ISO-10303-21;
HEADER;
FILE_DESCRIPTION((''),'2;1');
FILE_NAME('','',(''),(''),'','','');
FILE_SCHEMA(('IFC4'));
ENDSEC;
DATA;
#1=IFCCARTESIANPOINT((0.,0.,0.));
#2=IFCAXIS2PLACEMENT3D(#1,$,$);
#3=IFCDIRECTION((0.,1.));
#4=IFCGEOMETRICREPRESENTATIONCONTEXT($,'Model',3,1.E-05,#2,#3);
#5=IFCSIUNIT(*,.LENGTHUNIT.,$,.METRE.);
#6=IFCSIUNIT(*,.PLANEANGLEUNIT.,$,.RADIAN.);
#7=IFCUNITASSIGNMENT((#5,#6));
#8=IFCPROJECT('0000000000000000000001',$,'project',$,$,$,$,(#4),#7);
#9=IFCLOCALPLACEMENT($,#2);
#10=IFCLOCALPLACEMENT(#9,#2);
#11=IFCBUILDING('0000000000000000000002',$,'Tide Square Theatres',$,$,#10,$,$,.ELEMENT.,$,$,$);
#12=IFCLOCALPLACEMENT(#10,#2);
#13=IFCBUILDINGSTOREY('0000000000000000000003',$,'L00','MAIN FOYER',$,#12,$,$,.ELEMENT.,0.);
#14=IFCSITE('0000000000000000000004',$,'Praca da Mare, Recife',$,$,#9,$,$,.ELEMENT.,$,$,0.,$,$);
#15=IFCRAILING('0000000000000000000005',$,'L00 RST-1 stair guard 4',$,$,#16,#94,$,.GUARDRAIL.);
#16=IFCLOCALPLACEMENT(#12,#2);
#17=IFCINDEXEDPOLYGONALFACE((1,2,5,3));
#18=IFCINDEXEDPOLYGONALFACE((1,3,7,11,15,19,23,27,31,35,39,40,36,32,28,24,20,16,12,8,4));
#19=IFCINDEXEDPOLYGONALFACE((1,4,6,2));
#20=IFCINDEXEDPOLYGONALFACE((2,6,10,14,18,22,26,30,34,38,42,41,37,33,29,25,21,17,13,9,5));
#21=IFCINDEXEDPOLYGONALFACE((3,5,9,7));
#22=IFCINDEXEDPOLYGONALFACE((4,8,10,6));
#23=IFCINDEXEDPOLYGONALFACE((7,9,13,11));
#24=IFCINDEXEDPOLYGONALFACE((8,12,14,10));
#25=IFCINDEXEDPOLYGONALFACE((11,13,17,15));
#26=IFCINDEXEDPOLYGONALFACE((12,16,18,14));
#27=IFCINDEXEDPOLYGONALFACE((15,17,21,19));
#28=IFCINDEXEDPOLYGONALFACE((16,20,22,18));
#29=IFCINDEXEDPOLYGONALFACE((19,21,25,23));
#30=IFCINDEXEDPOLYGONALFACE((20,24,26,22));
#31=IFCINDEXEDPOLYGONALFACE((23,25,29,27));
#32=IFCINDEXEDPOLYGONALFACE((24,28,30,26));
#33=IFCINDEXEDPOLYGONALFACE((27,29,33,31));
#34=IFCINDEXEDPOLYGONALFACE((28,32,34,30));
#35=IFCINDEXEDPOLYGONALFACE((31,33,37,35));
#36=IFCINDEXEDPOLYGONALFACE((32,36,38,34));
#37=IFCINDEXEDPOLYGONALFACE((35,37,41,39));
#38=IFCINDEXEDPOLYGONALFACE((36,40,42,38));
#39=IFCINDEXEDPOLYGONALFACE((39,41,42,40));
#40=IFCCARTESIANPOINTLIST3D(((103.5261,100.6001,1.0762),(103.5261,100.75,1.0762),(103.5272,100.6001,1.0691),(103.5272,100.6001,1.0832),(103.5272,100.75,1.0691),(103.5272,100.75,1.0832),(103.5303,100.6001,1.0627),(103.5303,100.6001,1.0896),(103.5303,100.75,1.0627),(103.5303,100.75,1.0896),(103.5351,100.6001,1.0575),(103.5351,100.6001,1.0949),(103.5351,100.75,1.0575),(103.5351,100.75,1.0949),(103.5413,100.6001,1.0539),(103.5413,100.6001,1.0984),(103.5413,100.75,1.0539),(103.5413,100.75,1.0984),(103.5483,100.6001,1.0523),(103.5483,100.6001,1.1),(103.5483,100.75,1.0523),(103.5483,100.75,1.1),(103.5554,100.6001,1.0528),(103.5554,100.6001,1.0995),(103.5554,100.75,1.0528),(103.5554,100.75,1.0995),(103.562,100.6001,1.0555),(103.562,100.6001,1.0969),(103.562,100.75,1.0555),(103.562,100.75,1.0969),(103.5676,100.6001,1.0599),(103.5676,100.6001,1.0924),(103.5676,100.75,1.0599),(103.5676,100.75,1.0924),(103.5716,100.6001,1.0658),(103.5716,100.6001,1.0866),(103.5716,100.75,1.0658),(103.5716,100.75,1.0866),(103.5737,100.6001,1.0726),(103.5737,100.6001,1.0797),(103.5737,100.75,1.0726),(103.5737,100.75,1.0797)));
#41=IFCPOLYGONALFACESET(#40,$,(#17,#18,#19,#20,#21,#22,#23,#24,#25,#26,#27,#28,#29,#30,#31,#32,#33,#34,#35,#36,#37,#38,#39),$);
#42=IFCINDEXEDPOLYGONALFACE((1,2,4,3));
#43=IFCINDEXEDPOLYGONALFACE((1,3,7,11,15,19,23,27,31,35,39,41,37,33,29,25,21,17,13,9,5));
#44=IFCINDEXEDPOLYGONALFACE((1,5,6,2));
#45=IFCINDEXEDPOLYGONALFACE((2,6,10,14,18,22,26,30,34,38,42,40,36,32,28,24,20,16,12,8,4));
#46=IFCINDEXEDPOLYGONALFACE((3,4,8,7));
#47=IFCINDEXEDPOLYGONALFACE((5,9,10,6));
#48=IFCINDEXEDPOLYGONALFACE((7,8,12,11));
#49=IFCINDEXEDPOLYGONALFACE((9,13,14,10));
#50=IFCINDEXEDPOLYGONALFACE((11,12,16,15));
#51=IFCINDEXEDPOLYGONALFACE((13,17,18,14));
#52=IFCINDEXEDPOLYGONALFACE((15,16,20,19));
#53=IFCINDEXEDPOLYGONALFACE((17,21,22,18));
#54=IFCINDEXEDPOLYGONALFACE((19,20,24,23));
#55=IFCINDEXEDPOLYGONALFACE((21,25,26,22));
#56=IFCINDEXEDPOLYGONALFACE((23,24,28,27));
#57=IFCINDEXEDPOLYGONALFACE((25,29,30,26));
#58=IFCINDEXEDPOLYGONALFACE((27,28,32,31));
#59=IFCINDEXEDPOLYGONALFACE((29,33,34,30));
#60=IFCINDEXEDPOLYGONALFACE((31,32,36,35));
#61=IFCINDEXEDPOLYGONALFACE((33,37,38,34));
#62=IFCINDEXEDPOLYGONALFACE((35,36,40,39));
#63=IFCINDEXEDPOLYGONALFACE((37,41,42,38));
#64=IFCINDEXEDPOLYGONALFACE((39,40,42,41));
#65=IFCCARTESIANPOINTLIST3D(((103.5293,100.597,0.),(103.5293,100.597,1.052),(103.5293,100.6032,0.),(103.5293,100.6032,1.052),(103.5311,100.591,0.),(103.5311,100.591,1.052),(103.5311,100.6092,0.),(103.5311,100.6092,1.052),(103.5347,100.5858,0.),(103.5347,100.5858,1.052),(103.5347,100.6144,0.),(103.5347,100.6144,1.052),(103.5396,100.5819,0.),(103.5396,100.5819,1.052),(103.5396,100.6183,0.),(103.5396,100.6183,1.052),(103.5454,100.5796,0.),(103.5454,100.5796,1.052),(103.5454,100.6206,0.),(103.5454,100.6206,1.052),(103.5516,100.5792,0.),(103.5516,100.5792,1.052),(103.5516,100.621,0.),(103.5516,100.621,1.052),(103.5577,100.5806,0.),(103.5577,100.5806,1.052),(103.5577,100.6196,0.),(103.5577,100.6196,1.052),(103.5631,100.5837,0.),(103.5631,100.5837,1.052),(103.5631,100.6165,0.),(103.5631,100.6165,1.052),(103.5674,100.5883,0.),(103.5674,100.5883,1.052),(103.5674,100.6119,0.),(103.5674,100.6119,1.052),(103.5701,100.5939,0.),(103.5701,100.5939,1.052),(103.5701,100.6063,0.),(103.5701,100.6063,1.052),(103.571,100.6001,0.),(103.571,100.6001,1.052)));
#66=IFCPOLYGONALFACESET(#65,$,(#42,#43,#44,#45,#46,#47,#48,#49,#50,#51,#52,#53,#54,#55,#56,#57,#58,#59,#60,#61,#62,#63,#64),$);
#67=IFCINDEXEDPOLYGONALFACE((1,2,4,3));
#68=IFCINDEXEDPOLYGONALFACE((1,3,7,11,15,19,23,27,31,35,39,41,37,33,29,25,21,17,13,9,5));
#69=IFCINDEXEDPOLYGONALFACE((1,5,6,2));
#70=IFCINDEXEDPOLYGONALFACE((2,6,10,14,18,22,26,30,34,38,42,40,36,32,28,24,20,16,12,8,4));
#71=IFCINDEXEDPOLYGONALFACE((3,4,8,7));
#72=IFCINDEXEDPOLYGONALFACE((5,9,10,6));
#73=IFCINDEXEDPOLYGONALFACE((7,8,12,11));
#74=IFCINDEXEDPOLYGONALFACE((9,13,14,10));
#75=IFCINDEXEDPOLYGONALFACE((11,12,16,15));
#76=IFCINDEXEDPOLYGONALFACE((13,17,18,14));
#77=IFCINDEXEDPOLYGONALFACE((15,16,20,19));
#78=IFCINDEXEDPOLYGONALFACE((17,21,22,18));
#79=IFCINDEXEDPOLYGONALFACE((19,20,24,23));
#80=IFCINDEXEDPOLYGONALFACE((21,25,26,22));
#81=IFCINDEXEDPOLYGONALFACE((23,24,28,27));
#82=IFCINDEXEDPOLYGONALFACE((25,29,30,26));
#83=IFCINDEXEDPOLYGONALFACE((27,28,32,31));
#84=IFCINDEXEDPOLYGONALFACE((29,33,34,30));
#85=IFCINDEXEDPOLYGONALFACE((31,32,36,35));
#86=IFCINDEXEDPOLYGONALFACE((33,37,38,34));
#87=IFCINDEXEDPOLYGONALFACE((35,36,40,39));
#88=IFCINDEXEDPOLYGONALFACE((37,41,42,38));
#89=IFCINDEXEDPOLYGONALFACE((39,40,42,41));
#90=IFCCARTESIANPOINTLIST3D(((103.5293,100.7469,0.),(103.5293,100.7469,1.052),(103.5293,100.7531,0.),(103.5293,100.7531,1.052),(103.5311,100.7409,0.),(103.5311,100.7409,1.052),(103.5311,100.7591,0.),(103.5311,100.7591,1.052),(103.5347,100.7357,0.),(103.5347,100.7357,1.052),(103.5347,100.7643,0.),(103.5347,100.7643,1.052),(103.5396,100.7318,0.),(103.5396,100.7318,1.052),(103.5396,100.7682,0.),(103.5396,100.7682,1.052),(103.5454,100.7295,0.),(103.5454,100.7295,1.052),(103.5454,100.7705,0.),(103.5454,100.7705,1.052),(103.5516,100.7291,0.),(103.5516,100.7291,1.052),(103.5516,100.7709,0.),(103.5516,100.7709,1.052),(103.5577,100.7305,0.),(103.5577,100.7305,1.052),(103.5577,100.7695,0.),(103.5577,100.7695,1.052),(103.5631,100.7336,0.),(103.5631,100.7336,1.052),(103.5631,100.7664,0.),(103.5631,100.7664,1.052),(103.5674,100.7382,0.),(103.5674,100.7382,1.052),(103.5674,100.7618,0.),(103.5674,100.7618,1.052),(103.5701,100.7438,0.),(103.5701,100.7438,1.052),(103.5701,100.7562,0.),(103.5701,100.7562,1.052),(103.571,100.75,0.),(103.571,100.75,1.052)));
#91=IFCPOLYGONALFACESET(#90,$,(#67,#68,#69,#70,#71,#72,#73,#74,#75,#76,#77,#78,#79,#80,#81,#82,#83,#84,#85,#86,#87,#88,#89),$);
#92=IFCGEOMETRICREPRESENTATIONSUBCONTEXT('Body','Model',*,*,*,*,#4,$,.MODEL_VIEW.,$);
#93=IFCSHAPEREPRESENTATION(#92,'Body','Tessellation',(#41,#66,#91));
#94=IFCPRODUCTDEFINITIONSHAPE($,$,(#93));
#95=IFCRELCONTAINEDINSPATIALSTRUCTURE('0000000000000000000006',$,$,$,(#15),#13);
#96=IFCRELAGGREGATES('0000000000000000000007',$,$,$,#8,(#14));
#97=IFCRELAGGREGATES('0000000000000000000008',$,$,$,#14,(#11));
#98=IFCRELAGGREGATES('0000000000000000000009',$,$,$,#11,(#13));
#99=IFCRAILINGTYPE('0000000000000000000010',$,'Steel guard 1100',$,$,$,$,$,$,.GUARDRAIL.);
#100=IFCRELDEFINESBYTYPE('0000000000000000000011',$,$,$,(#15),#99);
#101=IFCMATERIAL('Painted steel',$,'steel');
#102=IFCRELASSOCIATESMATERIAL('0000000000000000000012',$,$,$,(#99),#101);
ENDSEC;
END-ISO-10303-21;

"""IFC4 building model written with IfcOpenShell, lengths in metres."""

from ifc_helpers import new_model, si_unit, direction, frame, origin, origin_2d, place, context, subcontext, project, spatial, circle, extrude, material, type_object, element, save


model = new_model("IFC4")

# Units and contexts
model_context = context("Model", 3, precision=1e-05, world=origin(), true_north=direction((0.0, 1.0)))
body_context = subcontext(model_context, "Body", "Model", "MODEL_VIEW")
ifc_project = project(units=[si_unit("LENGTHUNIT", "METRE"), si_unit("PLANEANGLEUNIT", "RADIAN")], contexts=[model_context])

# Site, building, storey
site_placement = place(None, origin())
site = spatial("IfcSite", under=ifc_project, at=site_placement, Name="Praca da Mare, Recife", CompositionType="ELEMENT", RefElevation=0.0)
building_placement = place(site_placement, origin())
building = spatial("IfcBuilding", under=site, at=building_placement, Name="Tide Square Theatres", CompositionType="ELEMENT")
storey_placement = place(building_placement, origin())
storey = spatial("IfcBuildingStorey", under=building, at=storey_placement, Name="L00", Description="MAIN FOYER", CompositionType="ELEMENT", Elevation=0.0)

# Railing
ifc_material_1 = material(Name="Painted steel", Category="steel")
railing_type = type_object("IfcRailingType", Name="Steel guard 1100", PredefinedType="GUARDRAIL", material=ifc_material_1)
railing_placement = place(storey_placement, frame((103.55, 100.6001, 0.0)))
element("IfcRailing", 1, at=railing_placement, inside=storey, type_object=railing_type, Name="L00 RST-1 stair guard 4", PredefinedType="GUARDRAIL", context=body_context, shape_type="SweptSolid", body=[
    extrude(circle(Radius=0.0239, at=origin_2d()), frame((0.0, 0.0, 1.0762), z_axis=(0.0, 1.0, 0.0), x_axis=(-1.0, 0.0, 0.0)), (0.0, 0.0, 1.0), 0.1499),
    extrude(circle(Radius=0.021, at=origin_2d()), origin(), (0.0, 0.0, 1.0), 1.052),
    extrude(circle(Radius=0.021, at=origin_2d()), frame((0.0, 0.1499, 0.0)), (0.0, 0.0, 1.0), 1.052),
])

save(model, "model.ifc")
